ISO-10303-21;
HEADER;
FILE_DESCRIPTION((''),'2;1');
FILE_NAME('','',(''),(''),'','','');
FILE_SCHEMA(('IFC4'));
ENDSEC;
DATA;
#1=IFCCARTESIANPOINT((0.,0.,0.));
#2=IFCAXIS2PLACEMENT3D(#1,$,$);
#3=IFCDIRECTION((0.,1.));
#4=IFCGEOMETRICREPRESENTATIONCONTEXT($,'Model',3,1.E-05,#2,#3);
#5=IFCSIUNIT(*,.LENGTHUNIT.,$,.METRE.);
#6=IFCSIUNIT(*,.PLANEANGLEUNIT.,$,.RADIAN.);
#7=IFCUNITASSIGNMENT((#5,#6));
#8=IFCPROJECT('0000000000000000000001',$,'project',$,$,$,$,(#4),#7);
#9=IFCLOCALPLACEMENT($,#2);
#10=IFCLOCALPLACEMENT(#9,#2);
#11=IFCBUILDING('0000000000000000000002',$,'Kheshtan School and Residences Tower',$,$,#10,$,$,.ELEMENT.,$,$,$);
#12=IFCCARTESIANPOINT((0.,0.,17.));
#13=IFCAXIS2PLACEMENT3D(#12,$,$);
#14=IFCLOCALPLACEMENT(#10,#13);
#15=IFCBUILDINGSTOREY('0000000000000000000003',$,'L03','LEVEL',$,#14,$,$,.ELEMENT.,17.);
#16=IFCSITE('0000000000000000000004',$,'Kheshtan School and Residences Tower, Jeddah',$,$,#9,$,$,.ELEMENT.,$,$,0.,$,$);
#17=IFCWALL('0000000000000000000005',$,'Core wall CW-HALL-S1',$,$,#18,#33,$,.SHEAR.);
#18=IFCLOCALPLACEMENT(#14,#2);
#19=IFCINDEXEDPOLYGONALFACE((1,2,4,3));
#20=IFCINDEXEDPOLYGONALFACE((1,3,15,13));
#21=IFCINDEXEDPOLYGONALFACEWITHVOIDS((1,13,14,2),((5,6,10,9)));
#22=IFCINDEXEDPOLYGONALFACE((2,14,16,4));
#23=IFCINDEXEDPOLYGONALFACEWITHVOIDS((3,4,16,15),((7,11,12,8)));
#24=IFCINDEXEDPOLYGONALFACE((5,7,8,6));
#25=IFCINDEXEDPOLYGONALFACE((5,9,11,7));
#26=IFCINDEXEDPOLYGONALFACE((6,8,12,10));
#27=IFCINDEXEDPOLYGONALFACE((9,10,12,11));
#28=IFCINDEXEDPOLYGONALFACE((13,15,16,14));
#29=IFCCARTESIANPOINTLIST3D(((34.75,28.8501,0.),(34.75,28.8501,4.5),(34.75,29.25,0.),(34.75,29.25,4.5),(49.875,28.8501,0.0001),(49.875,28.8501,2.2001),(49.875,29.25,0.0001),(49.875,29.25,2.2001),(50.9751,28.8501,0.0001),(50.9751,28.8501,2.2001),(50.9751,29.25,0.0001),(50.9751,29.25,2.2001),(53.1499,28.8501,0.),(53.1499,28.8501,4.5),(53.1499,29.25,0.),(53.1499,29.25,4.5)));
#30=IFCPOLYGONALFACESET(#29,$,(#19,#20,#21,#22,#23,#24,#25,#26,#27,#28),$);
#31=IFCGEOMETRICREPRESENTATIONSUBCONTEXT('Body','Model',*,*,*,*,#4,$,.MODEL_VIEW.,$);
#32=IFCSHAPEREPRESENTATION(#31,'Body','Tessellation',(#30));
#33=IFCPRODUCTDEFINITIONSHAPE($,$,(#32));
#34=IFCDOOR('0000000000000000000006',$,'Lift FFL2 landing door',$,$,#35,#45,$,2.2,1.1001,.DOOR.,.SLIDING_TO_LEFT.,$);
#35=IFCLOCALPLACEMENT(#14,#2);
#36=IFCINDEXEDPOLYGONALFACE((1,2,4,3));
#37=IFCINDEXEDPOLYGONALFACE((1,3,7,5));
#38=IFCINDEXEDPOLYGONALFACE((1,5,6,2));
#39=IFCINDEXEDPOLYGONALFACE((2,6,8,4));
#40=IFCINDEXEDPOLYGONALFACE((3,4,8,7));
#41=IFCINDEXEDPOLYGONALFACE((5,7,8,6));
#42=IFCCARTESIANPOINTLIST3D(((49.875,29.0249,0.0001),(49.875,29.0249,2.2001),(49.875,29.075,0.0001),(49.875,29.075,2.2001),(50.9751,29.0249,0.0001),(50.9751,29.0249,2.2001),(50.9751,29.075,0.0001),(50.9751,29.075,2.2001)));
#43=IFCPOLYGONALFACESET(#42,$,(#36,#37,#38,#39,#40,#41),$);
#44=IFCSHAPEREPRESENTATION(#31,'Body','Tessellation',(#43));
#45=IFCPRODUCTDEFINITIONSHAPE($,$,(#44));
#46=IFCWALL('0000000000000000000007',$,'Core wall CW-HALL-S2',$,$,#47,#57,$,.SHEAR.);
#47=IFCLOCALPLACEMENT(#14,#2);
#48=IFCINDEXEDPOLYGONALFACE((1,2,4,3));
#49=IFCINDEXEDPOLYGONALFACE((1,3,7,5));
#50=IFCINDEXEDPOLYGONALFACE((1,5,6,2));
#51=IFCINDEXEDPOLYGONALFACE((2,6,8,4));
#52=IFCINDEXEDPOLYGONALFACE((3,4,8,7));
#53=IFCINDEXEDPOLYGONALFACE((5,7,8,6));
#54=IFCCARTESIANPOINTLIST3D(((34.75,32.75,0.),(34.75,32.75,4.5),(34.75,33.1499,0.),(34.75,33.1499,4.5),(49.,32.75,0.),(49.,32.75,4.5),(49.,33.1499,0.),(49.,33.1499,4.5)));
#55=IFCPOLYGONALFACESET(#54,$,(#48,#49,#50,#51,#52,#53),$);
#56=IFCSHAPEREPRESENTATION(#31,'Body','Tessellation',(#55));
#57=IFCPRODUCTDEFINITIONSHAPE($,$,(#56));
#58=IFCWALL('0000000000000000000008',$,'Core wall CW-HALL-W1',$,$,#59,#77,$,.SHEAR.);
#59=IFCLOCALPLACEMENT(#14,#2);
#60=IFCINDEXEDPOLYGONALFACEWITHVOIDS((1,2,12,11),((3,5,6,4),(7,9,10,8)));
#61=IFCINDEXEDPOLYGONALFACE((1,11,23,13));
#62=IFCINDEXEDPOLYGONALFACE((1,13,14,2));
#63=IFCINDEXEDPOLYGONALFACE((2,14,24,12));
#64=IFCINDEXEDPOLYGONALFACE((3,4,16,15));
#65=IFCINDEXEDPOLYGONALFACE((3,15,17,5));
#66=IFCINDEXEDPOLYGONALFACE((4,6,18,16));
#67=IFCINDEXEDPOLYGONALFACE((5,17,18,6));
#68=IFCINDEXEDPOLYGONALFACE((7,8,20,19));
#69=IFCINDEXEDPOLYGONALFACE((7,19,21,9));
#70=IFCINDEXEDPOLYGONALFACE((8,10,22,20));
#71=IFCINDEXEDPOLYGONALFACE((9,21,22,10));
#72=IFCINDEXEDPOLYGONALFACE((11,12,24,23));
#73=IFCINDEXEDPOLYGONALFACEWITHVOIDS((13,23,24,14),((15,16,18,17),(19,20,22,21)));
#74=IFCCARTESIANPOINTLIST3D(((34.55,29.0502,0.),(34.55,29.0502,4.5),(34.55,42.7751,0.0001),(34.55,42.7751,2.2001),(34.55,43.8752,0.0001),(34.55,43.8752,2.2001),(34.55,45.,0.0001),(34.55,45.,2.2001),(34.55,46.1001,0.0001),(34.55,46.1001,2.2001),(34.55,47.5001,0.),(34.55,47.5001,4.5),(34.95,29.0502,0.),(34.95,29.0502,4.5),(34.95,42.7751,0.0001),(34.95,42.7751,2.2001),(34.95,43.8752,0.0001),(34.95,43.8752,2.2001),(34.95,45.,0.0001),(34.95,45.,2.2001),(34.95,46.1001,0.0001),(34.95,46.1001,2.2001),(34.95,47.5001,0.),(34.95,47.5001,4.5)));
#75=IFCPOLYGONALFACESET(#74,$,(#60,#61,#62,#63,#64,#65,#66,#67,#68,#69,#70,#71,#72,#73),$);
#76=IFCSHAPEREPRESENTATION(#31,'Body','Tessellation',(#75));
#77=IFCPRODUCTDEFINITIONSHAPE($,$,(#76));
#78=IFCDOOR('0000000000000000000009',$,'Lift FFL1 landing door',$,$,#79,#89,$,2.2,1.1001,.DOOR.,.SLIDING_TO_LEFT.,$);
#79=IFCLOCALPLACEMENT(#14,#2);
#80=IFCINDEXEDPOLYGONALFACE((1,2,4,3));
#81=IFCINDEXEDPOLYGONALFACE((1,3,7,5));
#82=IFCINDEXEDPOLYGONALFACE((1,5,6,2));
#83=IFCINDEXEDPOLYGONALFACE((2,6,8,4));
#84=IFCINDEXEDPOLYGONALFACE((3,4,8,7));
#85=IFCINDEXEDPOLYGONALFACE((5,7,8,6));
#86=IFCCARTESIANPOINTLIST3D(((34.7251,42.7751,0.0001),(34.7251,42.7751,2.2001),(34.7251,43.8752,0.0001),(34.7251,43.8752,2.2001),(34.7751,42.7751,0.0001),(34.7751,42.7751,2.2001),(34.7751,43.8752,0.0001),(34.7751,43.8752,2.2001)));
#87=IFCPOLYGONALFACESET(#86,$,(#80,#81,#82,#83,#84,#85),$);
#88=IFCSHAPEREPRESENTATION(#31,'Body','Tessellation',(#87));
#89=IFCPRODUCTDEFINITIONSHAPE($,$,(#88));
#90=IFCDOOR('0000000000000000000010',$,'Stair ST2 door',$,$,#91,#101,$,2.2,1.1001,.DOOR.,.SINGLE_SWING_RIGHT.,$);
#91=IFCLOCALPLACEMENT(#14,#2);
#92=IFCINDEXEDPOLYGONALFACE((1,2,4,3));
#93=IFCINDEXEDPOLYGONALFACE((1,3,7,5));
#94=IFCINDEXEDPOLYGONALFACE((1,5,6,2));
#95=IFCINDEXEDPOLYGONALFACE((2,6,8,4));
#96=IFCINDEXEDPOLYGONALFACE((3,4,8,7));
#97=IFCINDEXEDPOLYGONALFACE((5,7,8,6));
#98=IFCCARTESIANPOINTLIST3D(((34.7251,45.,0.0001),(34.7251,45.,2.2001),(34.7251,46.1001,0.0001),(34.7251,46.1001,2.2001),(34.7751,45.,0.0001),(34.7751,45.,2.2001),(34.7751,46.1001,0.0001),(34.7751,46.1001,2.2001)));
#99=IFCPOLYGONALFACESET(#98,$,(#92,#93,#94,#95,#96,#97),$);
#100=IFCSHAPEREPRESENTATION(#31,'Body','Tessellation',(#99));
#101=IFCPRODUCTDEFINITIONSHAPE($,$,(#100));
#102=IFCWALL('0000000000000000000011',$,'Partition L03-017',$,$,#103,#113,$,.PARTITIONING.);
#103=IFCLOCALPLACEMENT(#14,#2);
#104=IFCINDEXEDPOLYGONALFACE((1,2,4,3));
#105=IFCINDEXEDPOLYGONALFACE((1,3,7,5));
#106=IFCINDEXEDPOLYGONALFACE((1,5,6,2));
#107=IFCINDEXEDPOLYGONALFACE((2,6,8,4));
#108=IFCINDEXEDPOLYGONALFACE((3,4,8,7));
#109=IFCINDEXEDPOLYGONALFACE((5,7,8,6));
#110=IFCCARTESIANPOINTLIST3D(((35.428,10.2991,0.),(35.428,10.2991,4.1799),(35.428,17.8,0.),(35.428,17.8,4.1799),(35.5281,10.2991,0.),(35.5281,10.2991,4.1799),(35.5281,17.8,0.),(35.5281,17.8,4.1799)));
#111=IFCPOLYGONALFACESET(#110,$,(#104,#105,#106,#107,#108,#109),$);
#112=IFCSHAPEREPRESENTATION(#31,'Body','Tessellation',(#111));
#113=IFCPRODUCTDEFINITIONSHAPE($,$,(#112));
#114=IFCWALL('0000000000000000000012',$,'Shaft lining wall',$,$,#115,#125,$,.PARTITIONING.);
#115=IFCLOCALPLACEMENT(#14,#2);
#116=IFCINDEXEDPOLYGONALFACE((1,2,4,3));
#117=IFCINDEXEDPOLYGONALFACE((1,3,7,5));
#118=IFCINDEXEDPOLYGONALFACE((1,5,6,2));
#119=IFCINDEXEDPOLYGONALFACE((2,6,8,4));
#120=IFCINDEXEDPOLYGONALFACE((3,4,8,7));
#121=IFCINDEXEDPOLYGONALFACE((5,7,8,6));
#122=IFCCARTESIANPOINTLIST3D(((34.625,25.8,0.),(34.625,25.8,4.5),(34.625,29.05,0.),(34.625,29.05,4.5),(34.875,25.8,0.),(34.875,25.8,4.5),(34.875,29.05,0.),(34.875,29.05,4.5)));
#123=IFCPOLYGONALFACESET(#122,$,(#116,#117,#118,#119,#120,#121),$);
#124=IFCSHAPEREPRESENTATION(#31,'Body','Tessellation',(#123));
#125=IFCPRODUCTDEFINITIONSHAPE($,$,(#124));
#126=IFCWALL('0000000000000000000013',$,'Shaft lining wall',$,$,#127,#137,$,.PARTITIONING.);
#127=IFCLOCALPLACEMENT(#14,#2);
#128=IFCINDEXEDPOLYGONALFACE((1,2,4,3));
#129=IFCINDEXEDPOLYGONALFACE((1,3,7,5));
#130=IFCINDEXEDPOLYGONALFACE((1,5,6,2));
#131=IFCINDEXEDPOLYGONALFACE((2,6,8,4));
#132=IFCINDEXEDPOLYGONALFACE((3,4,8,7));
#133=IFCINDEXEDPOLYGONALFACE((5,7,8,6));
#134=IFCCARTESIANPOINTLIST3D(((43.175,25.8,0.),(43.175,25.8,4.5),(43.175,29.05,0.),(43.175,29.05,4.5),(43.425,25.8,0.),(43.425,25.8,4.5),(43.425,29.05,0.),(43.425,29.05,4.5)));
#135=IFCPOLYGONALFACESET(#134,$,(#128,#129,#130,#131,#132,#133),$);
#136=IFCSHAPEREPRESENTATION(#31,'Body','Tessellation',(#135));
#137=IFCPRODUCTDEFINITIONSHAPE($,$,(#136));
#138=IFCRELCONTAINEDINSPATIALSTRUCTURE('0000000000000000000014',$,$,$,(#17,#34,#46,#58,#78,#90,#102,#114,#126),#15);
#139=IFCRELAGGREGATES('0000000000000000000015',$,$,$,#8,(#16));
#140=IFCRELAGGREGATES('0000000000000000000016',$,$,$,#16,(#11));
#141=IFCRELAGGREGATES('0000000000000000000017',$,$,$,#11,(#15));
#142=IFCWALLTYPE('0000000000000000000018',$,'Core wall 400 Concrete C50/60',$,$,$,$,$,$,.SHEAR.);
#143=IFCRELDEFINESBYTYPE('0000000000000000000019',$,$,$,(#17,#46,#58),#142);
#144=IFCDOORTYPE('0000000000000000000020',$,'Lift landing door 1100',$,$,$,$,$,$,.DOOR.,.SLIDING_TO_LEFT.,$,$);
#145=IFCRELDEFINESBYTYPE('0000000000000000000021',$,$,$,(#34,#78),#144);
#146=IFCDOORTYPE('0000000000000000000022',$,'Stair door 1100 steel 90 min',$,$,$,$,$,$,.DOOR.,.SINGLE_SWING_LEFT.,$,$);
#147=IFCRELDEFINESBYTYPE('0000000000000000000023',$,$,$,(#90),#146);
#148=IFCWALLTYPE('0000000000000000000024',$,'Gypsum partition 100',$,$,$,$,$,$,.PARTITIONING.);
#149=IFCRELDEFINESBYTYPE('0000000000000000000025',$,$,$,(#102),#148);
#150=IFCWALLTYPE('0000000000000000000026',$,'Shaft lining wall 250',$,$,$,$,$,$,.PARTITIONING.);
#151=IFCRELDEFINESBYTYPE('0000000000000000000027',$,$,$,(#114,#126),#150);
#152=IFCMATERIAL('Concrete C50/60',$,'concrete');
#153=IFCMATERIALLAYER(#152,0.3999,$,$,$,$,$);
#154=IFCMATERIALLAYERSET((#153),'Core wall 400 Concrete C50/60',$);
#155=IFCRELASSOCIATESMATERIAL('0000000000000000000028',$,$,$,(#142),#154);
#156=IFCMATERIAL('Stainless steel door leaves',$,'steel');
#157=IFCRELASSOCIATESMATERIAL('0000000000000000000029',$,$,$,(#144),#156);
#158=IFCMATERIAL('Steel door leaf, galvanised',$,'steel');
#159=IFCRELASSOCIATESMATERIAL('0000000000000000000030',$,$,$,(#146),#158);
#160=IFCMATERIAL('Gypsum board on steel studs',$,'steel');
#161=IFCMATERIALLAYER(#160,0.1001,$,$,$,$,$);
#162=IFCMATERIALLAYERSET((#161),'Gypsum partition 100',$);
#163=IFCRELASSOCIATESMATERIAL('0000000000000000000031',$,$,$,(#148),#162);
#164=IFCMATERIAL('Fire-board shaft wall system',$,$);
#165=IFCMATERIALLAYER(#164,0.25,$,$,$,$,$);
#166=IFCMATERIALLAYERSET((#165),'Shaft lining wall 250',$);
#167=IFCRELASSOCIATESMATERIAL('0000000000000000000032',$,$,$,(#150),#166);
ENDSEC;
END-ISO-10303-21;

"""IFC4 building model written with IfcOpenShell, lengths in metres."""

from ifc_helpers import new_model, si_unit, direction, frame, frame_2d, origin, place, context, subcontext, project, spatial, rectangle, extrude, source, transform, mapped, material, layer, layer_set, type_object, element, fill, save


model = new_model("IFC4")

# Units and contexts
model_context = context("Model", 3, precision=1e-05, world=origin(), true_north=direction((0.0, 1.0)))
body_context = subcontext(model_context, "Body", "Model", "MODEL_VIEW")
ifc_project = project(units=[si_unit("LENGTHUNIT", "METRE"), si_unit("PLANEANGLEUNIT", "RADIAN")], contexts=[model_context])

# Site, building, storey
site_placement = place(None, origin())
site = spatial("IfcSite", under=ifc_project, at=site_placement, Name="Kheshtan School and Residences Tower, Jeddah", CompositionType="ELEMENT", RefElevation=0.0)
building_placement = place(site_placement, origin())
building = spatial("IfcBuilding", under=site, at=building_placement, Name="Kheshtan School and Residences Tower", CompositionType="ELEMENT")
storey_placement = place(building_placement, frame((0.0, 0.0, 17.0)))
storey = spatial("IfcBuildingStorey", under=building, at=storey_placement, Name="L03", Description="LEVEL", CompositionType="ELEMENT", Elevation=17.0)

# Wall, opening, door
ifc_material_1 = material(Name="Concrete C50/60", Category="concrete")
ifc_layer_1 = layer(ifc_material_1, 0.3999)
ifc_layer_set_1 = layer_set([ifc_layer_1], Name="Core wall 400 Concrete C50/60")
wall_type_1 = type_object("IfcWallType", Name="Core wall 400 Concrete C50/60", PredefinedType="SHEAR", material=ifc_layer_set_1)
wall_1_placement = place(storey_placement, frame((34.75, 29.05, 0.0), z_axis=(0.0, 0.0, 1.0), x_axis=(1.0, 0.0, 0.0)))
wall_1 = element("IfcWall", 1, at=wall_1_placement, inside=storey, type_object=wall_type_1, Name="Core wall CW-HALL-S1", PredefinedType="SHEAR", context=body_context, shape_type="SweptSolid", body=[
    extrude(rectangle(XDim=18.3999, YDim=0.3999, at=frame_2d((9.2, 0.0))), origin(), (0.0, 0.0, 1.0), 4.5),
])
opening_1_placement = place(wall_1_placement, frame((15.125, 0.0, 0.0)))
opening_1 = element("IfcOpeningElement", 2, at=opening_1_placement, cuts=wall_1, PredefinedType="OPENING", context=body_context, shape_type="SweptSolid", body=[
    extrude(rectangle(XDim=1.1001, YDim=2.2, at=frame_2d((0.55, 1.1001))), frame((0.0, 0.21, 0.0), z_axis=(0.0, -1.0, 0.0), x_axis=(1.0, 0.0, 0.0)), (0.0, 0.0, 1.0), 0.4199),
])
ifc_material_2 = material(Name="Stainless steel door leaves", Category="steel")
door_type_1 = type_object("IfcDoorType", Name="Lift landing door 1100", OperationType="SLIDING_TO_LEFT", PredefinedType="DOOR", material=ifc_material_2)
shared_shape_1 = source(origin(), body_context, "Body", "SweptSolid", [
    extrude(rectangle(XDim=1.1001, YDim=2.2, at=frame_2d((0.55, 1.1001))), frame((0.0, 0.0249, 0.0), z_axis=(0.0, -1.0, 0.0), x_axis=(1.0, 0.0, 0.0)), (0.0, 0.0, 1.0), 0.05),
])
door_1_placement = place(opening_1_placement, origin())
door_1 = element("IfcDoor", 3, at=door_1_placement, inside=storey, type_object=door_type_1, Name="Lift FFL2 landing door", OperationType="SLIDING_TO_LEFT", OverallHeight=2.2, OverallWidth=1.1001, PredefinedType="DOOR", context=body_context, shape_type="MappedRepresentation", body=[
    mapped(shared_shape_1, transform((0.0, 0.0, 0.0), x_axis=(1.0, 0.0, 0.0), y_axis=(0.0, 1.0, 0.0), z_axis=(0.0, 0.0, 1.0), scale=1.0)),
])
fill(opening_1, door_1)

# Wall
wall_2_placement = place(storey_placement, frame((34.75, 32.95, 0.0), z_axis=(0.0, 0.0, 1.0), x_axis=(1.0, 0.0, 0.0)))
element("IfcWall", 4, at=wall_2_placement, inside=storey, type_object=wall_type_1, Name="Core wall CW-HALL-S2", PredefinedType="SHEAR", context=body_context, shape_type="SweptSolid", body=[
    extrude(rectangle(XDim=14.25, YDim=0.3999, at=frame_2d((7.125, 0.0))), origin(), (0.0, 0.0, 1.0), 4.5),
])

# Wall, openings, doors
wall_3_placement = place(storey_placement, frame((34.75, 29.05, 0.0), z_axis=(0.0, 0.0, 1.0), x_axis=(0.0, 1.0, 0.0)))
wall_3 = element("IfcWall", 5, at=wall_3_placement, inside=storey, type_object=wall_type_1, Name="Core wall CW-HALL-W1", PredefinedType="SHEAR", context=body_context, shape_type="SweptSolid", body=[
    extrude(rectangle(XDim=18.45, YDim=0.3999, at=frame_2d((9.2251, 0.0))), origin(), (0.0, 0.0, 1.0), 4.5),
])
opening_2_placement = place(wall_3_placement, frame((13.7251, 0.0, 0.0)))
opening_2 = element("IfcOpeningElement", 6, at=opening_2_placement, cuts=wall_3, PredefinedType="OPENING", context=body_context, shape_type="SweptSolid", body=[
    extrude(rectangle(XDim=1.1001, YDim=2.2, at=frame_2d((0.55, 1.1001))), frame((0.0, 0.21, 0.0), z_axis=(0.0, -1.0, 0.0), x_axis=(1.0, 0.0, 0.0)), (0.0, 0.0, 1.0), 0.4199),
])
opening_3_placement = place(wall_3_placement, frame((15.95, 0.0, 0.0)))
opening_3 = element("IfcOpeningElement", 7, at=opening_3_placement, cuts=wall_3, PredefinedType="OPENING", context=body_context, shape_type="SweptSolid", body=[
    extrude(rectangle(XDim=1.1001, YDim=2.2, at=frame_2d((0.55, 1.1001))), frame((0.0, 0.21, 0.0), z_axis=(0.0, -1.0, 0.0), x_axis=(1.0, 0.0, 0.0)), (0.0, 0.0, 1.0), 0.4199),
])
door_2_placement = place(opening_2_placement, origin())
door_2 = element("IfcDoor", 8, at=door_2_placement, inside=storey, type_object=door_type_1, Name="Lift FFL1 landing door", OperationType="SLIDING_TO_LEFT", OverallHeight=2.2, OverallWidth=1.1001, PredefinedType="DOOR", context=body_context, shape_type="MappedRepresentation", body=[
    mapped(shared_shape_1, transform((0.0, 0.0, 0.0), x_axis=(1.0, 0.0, 0.0), y_axis=(0.0, 1.0, 0.0), z_axis=(0.0, 0.0, 1.0), scale=1.0)),
])
fill(opening_2, door_2)
ifc_material_3 = material(Name="Steel door leaf, galvanised", Category="steel")
door_type_2 = type_object("IfcDoorType", Name="Stair door 1100 steel 90 min", OperationType="SINGLE_SWING_LEFT", PredefinedType="DOOR", material=ifc_material_3)
shared_shape_2 = source(origin(), body_context, "Body", "SweptSolid", [
    extrude(rectangle(XDim=1.1001, YDim=2.2, at=frame_2d((0.55, 1.1001))), frame((0.0, 0.0249, 0.0), z_axis=(0.0, -1.0, 0.0), x_axis=(1.0, 0.0, 0.0)), (0.0, 0.0, 1.0), 0.05),
])
door_3_placement = place(opening_3_placement, origin())
door_3 = element("IfcDoor", 9, at=door_3_placement, inside=storey, type_object=door_type_2, Name="Stair ST2 door", OperationType="SINGLE_SWING_RIGHT", OverallHeight=2.2, OverallWidth=1.1001, PredefinedType="DOOR", context=body_context, shape_type="MappedRepresentation", body=[
    mapped(shared_shape_2, transform((0.0, 0.0, 0.0), x_axis=(1.0, 0.0, 0.0), y_axis=(0.0, 1.0, 0.0), z_axis=(0.0, 0.0, 1.0), scale=1.0)),
])
fill(opening_3, door_3)

# Walls
ifc_material_4 = material(Name="Gypsum board on steel studs", Category="steel")
ifc_layer_2 = layer(ifc_material_4, 0.1001)
ifc_layer_set_2 = layer_set([ifc_layer_2], Name="Gypsum partition 100")
wall_type_2 = type_object("IfcWallType", Name="Gypsum partition 100", PredefinedType="PARTITIONING", material=ifc_layer_set_2)
wall_4_placement = place(storey_placement, frame((35.478, 10.2991, 0.0), z_axis=(0.0, 0.0, 1.0), x_axis=(0.0, 1.0, 0.0)))
element("IfcWall", 10, at=wall_4_placement, inside=storey, type_object=wall_type_2, Name="Partition L03-017", PredefinedType="PARTITIONING", context=body_context, shape_type="SweptSolid", body=[
    extrude(rectangle(XDim=7.501, YDim=0.1001, at=frame_2d((3.7505, 0.0))), origin(), (0.0, 0.0, 1.0), 4.1799),
])
ifc_material_5 = material(Name="Fire-board shaft wall system")
ifc_layer_3 = layer(ifc_material_5, 0.25)
ifc_layer_set_3 = layer_set([ifc_layer_3], Name="Shaft lining wall 250")
wall_type_3 = type_object("IfcWallType", Name="Shaft lining wall 250", PredefinedType="PARTITIONING", material=ifc_layer_set_3)
for number, where, z_axis, x_axis, name in (
    (11, (34.75, 25.8, 0.0), (0.0, 0.0, 1.0), (0.0, 1.0, 0.0), "Shaft lining wall"),
    (12, (43.3, 25.8, 0.0), (0.0, 0.0, 1.0), (0.0, 1.0, 0.0), "Shaft lining wall"),
):
    element("IfcWall", number, at=place(storey_placement, frame(where, z_axis=z_axis, x_axis=x_axis)), inside=storey, type_object=wall_type_3, Name=name, PredefinedType="PARTITIONING", context=body_context, shape_type="SweptSolid", body=[
        extrude(rectangle(XDim=3.25, YDim=0.25, at=frame_2d((1.625, 0.0))), origin(), (0.0, 0.0, 1.0), 4.5),
    ])

save(model, "model.ifc")
